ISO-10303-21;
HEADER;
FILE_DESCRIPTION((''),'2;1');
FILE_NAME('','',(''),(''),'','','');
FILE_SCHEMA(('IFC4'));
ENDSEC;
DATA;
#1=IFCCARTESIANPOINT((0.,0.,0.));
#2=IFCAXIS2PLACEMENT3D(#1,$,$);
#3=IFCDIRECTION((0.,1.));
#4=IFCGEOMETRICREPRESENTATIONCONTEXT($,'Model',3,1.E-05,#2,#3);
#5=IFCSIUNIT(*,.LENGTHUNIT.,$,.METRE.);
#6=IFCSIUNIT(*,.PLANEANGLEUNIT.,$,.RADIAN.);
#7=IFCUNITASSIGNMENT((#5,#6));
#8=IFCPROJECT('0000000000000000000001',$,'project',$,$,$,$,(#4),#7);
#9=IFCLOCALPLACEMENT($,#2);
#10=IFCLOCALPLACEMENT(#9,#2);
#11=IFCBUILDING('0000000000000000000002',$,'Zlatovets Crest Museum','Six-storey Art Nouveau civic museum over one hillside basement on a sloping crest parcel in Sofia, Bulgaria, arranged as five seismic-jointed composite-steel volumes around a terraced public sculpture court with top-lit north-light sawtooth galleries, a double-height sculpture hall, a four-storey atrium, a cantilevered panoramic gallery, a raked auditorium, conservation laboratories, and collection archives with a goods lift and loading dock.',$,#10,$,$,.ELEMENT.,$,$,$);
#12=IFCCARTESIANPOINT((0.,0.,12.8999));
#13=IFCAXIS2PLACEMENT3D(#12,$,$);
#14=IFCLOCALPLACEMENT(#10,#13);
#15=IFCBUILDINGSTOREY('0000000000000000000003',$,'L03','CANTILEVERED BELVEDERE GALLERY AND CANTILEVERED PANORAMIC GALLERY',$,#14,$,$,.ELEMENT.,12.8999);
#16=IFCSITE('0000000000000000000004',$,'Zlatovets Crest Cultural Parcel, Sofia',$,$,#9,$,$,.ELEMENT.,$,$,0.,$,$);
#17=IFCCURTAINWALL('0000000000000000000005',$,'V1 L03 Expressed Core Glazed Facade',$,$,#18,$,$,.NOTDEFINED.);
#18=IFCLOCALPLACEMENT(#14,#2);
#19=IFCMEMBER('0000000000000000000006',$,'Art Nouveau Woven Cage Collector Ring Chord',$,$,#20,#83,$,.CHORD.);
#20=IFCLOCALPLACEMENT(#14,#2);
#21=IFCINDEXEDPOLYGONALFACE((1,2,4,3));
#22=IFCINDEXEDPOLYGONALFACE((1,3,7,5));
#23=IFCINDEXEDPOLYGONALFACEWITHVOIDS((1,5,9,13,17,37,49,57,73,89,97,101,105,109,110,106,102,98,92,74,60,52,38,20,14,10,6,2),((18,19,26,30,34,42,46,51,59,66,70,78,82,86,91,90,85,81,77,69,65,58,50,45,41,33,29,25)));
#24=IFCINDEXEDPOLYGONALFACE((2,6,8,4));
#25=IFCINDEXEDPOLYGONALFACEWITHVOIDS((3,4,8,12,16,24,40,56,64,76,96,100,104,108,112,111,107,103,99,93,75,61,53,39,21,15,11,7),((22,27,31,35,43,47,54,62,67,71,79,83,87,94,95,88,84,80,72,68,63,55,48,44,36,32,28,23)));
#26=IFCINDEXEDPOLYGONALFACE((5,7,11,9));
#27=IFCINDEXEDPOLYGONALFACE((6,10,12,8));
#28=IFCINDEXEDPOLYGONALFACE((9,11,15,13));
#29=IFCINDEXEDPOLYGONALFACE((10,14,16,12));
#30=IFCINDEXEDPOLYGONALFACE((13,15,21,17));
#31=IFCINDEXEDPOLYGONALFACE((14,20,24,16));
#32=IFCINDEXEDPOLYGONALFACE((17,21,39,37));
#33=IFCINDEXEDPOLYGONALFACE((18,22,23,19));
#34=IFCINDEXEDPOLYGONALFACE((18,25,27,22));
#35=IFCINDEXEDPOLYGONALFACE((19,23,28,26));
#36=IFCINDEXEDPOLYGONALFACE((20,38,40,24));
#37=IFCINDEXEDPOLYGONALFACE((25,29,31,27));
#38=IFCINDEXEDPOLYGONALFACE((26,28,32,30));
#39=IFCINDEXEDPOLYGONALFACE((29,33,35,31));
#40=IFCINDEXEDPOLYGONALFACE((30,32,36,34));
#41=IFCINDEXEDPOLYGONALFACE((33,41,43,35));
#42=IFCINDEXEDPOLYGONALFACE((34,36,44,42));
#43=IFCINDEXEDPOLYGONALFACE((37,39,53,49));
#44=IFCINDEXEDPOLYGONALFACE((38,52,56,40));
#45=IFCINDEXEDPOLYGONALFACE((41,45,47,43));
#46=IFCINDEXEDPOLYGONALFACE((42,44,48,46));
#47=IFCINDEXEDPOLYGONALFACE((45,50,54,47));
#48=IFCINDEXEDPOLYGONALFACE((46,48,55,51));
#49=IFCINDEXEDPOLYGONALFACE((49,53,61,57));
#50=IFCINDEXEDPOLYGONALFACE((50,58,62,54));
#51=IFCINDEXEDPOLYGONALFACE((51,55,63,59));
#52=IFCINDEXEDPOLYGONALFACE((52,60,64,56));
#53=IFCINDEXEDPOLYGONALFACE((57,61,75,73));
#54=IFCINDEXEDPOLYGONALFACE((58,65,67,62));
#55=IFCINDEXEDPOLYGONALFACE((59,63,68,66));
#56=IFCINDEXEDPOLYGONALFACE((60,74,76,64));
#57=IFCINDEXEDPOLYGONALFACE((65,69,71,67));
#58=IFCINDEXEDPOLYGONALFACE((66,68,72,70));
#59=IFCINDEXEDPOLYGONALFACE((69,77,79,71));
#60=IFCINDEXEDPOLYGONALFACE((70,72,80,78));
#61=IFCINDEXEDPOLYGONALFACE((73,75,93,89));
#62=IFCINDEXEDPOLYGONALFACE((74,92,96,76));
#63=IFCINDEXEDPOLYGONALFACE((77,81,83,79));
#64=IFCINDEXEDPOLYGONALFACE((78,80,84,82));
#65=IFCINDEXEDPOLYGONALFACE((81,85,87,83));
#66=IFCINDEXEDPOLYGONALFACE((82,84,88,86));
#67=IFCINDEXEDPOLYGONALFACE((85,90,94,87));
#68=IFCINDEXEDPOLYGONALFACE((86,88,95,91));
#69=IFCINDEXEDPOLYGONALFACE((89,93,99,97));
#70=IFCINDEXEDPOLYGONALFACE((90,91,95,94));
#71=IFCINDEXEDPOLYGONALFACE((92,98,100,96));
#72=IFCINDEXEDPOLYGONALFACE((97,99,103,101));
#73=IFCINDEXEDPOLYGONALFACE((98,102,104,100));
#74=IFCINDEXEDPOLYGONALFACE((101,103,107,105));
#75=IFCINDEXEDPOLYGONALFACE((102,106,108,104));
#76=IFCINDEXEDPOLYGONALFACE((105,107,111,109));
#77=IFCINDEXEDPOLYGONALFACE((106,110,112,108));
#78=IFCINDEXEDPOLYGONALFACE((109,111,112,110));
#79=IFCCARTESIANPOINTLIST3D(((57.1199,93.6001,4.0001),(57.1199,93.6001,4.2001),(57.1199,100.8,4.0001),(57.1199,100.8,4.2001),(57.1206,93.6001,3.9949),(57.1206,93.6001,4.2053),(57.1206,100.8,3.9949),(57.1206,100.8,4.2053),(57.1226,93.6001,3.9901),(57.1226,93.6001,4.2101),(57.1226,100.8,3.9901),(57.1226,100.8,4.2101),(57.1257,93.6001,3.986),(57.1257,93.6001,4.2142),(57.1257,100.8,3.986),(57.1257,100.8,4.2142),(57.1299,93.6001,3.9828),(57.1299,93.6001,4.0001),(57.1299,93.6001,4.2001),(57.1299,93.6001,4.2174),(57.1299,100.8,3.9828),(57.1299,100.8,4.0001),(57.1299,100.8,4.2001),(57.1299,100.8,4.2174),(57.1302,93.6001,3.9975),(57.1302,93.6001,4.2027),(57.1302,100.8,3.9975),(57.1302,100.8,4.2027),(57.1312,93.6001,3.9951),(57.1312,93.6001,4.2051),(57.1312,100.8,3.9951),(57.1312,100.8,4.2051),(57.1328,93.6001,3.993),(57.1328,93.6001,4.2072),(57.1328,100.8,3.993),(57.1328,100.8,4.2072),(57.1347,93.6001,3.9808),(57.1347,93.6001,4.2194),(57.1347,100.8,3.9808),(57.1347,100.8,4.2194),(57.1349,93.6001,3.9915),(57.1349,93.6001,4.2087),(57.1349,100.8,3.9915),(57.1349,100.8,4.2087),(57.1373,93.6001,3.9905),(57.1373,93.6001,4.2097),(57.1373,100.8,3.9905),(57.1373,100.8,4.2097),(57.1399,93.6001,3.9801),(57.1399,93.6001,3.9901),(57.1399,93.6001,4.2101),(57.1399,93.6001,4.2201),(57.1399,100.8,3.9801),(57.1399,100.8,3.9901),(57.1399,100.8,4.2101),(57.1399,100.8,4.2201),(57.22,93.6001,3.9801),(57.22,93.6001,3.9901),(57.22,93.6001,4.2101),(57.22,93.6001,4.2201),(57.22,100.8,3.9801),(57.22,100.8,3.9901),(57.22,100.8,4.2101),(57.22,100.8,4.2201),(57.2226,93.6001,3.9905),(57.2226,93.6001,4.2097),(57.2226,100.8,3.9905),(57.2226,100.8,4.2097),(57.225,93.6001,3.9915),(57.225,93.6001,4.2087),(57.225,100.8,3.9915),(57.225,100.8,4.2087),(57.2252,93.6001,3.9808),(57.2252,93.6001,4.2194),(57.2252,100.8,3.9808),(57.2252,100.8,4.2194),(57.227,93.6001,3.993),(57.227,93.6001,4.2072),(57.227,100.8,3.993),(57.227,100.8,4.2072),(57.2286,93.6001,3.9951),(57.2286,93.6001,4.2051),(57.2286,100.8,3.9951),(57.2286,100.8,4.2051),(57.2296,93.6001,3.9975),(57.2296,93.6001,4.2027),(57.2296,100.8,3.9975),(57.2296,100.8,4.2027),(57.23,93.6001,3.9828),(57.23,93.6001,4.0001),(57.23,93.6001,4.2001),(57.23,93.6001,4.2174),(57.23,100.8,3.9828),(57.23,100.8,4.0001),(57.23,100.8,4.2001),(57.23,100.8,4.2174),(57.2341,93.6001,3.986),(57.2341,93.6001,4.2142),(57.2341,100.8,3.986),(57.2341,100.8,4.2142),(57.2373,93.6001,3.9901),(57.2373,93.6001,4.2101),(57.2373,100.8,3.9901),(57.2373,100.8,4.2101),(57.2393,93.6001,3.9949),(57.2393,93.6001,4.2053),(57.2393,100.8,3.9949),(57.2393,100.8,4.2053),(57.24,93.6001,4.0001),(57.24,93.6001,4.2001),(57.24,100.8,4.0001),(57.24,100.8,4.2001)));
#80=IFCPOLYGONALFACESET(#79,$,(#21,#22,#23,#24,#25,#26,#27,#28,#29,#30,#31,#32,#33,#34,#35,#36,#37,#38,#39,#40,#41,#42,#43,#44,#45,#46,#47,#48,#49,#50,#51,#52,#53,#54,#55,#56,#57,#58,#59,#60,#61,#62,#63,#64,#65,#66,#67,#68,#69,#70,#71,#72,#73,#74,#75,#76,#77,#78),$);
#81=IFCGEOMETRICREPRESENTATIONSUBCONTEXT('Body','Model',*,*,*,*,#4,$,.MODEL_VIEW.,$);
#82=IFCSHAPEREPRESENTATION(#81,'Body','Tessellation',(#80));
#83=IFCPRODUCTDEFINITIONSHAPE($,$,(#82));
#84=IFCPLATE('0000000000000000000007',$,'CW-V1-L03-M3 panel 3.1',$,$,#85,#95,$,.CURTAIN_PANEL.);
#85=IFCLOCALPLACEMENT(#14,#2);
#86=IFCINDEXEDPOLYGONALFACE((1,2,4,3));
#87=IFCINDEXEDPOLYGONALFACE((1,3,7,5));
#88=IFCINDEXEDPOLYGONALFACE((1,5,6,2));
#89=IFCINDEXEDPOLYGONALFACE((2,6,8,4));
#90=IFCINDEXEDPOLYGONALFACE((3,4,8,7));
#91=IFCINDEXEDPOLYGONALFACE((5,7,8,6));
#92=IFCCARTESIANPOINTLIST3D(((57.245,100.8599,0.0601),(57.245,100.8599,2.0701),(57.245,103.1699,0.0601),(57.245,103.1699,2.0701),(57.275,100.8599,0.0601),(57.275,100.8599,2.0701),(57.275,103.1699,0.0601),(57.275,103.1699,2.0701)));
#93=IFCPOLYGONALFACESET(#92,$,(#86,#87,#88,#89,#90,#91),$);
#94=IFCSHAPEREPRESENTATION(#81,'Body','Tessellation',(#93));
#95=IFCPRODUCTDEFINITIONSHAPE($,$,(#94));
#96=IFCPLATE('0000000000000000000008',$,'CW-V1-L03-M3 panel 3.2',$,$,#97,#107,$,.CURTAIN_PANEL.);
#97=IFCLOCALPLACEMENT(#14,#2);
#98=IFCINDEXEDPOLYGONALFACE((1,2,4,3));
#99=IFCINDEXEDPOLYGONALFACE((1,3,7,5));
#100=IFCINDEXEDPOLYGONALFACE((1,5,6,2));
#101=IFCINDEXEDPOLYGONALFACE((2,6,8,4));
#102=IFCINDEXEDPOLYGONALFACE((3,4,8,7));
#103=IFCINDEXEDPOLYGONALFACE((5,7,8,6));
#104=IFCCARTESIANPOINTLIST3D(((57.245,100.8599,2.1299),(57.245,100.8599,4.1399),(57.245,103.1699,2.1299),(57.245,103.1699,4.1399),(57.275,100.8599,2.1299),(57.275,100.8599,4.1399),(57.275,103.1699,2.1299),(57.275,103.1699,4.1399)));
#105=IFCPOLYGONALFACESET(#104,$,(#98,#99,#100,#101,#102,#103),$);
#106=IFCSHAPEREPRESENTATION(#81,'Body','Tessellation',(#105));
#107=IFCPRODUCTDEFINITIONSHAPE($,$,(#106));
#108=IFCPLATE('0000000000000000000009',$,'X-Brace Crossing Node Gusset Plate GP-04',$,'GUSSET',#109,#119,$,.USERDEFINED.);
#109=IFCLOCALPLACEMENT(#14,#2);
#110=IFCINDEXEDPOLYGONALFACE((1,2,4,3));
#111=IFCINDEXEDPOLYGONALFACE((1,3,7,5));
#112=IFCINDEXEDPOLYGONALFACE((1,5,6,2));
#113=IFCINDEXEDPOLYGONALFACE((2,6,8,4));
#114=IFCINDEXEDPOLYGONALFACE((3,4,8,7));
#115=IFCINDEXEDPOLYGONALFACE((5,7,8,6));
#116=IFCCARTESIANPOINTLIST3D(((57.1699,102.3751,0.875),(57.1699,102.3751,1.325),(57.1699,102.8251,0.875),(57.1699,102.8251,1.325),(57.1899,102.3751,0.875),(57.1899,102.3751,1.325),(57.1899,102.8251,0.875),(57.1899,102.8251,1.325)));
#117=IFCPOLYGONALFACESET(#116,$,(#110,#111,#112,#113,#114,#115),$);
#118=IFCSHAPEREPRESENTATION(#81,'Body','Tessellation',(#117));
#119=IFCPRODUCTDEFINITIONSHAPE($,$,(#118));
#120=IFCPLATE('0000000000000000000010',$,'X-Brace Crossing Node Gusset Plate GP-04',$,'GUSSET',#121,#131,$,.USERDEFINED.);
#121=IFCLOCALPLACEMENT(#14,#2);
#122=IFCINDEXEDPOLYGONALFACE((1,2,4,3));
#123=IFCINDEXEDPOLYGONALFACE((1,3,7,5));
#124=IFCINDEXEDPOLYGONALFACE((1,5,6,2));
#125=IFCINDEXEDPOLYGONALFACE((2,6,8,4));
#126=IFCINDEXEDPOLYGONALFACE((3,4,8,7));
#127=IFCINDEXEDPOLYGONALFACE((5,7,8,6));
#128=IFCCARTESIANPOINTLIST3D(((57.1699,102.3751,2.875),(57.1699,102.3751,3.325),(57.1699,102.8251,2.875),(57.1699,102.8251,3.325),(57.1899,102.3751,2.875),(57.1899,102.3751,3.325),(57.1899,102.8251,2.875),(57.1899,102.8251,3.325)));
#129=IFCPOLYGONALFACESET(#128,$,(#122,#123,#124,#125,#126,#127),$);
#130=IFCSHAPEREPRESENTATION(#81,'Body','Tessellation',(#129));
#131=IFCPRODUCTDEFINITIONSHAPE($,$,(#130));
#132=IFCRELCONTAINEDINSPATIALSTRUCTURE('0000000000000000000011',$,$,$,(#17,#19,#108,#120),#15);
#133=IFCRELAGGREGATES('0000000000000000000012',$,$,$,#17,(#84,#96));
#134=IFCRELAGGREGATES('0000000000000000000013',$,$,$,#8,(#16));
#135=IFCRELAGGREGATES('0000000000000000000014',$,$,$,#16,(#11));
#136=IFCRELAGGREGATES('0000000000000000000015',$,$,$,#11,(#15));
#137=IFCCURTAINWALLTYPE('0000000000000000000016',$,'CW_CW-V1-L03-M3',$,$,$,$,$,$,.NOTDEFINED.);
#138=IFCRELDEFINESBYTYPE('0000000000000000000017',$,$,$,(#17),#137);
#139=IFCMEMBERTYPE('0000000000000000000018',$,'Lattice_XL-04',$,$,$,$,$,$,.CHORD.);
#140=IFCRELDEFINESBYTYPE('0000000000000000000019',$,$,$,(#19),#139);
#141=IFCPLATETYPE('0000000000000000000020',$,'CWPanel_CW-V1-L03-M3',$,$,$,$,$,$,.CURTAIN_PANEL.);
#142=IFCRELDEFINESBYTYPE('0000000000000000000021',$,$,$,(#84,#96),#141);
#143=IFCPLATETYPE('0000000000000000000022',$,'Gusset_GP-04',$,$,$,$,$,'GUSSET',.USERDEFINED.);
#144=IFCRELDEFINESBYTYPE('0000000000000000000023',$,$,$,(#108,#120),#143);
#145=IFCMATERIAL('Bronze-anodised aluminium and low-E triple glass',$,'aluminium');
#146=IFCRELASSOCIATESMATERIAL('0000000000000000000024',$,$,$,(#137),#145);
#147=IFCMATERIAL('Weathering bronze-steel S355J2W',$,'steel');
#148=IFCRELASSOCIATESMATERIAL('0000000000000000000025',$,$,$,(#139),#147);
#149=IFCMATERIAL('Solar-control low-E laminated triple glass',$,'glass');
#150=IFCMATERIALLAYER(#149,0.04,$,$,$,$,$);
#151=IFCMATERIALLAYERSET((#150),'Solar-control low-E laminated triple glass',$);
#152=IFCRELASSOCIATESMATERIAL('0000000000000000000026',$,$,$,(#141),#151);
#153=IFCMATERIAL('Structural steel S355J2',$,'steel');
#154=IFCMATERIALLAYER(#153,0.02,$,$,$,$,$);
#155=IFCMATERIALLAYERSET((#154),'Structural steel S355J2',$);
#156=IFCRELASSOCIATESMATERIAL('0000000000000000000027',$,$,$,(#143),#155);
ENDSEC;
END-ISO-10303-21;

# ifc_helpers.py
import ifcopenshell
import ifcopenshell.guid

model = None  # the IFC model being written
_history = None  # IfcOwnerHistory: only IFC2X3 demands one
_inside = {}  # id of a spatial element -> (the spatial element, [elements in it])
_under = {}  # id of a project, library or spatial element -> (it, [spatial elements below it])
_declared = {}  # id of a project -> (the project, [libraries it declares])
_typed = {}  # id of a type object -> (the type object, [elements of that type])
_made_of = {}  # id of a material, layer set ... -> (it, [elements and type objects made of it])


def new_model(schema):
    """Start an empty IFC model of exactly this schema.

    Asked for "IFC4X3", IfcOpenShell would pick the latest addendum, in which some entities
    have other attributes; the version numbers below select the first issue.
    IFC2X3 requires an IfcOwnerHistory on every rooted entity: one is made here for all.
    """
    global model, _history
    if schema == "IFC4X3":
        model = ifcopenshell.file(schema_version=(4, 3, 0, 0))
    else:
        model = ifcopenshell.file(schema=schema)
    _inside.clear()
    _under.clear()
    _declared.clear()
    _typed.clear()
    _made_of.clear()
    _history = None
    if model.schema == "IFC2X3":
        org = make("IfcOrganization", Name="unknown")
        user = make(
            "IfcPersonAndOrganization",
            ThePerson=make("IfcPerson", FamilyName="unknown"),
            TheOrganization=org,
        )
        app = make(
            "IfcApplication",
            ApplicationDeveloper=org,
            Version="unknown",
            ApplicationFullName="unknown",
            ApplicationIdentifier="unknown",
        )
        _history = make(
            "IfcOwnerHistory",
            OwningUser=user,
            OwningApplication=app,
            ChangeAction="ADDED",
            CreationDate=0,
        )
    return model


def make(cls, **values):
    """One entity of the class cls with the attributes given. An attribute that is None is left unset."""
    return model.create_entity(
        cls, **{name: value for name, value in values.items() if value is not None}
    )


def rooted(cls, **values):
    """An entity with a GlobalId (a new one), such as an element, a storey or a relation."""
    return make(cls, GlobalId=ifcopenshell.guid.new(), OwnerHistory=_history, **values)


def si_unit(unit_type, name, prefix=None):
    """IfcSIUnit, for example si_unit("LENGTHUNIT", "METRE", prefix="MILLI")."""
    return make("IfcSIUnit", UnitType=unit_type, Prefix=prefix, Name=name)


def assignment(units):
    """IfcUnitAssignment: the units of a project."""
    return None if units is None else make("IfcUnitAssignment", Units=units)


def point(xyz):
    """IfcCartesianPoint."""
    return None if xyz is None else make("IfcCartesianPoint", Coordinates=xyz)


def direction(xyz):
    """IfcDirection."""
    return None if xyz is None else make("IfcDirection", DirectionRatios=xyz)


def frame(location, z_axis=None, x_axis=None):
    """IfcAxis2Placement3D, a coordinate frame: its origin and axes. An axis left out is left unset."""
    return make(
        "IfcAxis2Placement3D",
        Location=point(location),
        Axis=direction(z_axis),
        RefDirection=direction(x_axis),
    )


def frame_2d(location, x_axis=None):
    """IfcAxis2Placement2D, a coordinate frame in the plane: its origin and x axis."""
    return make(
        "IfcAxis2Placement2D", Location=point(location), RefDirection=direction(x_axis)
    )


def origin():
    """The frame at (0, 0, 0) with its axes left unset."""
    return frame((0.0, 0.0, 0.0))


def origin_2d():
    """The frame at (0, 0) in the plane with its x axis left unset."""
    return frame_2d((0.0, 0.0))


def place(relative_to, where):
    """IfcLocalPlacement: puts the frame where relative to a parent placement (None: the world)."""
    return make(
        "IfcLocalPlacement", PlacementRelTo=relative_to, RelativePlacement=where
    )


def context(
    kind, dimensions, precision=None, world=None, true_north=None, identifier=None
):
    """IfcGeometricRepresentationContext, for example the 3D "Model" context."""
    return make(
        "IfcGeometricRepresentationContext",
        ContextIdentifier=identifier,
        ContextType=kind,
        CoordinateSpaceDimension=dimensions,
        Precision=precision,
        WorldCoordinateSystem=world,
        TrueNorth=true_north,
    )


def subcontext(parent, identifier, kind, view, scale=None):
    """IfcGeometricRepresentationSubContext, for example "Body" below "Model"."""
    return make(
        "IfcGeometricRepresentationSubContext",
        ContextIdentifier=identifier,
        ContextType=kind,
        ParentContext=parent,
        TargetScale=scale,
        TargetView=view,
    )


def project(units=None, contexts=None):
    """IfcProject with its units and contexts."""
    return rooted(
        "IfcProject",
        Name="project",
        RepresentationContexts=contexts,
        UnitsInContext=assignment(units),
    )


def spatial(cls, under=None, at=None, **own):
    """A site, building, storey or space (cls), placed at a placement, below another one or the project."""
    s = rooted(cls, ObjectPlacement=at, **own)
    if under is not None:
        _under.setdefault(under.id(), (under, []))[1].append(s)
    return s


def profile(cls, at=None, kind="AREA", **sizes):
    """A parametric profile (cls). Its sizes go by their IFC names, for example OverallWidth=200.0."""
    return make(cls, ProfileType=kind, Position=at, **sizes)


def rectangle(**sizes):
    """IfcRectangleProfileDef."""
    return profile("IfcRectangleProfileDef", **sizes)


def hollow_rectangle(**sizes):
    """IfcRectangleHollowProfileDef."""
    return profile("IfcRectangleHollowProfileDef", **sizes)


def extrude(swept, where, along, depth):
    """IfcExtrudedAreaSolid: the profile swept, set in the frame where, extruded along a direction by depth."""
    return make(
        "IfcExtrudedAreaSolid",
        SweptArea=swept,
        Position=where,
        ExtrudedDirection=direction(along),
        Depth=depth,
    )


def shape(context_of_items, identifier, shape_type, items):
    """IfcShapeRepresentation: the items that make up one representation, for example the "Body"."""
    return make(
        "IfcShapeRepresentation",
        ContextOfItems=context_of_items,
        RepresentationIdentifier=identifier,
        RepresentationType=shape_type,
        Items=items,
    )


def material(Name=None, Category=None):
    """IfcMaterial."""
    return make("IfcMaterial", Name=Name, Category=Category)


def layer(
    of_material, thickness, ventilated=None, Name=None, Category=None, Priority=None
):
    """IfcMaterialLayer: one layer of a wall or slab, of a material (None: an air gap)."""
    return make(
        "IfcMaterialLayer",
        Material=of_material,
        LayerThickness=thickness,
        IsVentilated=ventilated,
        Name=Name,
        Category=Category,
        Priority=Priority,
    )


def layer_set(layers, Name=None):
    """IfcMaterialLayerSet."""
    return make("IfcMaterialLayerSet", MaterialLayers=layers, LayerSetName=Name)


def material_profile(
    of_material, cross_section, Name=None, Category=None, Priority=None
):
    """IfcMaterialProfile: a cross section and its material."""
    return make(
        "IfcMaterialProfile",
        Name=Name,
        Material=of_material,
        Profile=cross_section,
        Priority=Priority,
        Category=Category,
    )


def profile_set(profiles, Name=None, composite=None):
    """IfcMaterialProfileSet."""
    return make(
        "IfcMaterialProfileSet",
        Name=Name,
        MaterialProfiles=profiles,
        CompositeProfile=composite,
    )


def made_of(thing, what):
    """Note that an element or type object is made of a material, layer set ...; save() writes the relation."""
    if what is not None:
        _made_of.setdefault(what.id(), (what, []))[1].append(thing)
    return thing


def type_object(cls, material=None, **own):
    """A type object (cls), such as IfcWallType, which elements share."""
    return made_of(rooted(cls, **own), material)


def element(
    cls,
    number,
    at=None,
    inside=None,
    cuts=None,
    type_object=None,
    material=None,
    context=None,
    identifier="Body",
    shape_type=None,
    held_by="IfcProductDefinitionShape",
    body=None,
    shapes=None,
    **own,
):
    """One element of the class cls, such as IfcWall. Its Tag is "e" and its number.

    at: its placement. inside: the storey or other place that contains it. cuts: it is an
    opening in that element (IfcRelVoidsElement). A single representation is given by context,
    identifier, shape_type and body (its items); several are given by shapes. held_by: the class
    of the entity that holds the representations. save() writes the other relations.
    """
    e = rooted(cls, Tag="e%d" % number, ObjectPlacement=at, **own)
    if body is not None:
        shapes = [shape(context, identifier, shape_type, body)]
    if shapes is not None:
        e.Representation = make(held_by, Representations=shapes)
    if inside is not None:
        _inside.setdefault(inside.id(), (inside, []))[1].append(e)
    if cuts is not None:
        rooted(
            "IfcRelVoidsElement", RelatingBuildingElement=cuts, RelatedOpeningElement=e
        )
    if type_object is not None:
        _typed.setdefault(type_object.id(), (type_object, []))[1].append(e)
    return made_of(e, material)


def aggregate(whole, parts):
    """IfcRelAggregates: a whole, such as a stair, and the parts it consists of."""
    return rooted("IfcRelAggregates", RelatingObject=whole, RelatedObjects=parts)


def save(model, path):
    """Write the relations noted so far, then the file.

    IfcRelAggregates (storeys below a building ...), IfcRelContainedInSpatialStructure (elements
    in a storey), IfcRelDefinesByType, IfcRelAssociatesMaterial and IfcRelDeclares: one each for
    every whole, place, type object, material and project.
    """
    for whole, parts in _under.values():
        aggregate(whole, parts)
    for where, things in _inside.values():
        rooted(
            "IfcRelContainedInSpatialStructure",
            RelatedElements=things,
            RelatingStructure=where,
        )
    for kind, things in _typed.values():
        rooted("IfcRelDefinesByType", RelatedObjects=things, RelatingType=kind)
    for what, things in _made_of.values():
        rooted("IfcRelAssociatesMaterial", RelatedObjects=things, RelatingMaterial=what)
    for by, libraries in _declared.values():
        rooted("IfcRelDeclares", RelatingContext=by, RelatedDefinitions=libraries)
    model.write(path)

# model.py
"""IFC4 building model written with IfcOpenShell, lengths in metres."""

from ifc_helpers import new_model, si_unit, direction, frame, origin, origin_2d, place, context, subcontext, project, spatial, rectangle, hollow_rectangle, extrude, material, layer, layer_set, material_profile, profile_set, type_object, element, aggregate, save


model = new_model("IFC4")

# Units and contexts
model_context = context("Model", 3, precision=1e-05, world=origin(), true_north=direction((0.0, 1.0)))
body_context = subcontext(model_context, "Body", "Model", "MODEL_VIEW")
ifc_project = project(units=[si_unit("LENGTHUNIT", "METRE"), si_unit("PLANEANGLEUNIT", "RADIAN")], contexts=[model_context])

# Site, building, storey
site_placement = place(None, origin())
site = spatial("IfcSite", under=ifc_project, at=site_placement, Name="Zlatovets Crest Cultural Parcel, Sofia", CompositionType="ELEMENT", RefElevation=0.0)
building_placement = place(site_placement, origin())
building = spatial("IfcBuilding", under=site, at=building_placement, Name="Zlatovets Crest Museum", Description="Six-storey Art Nouveau civic museum over one hillside basement on a sloping crest parcel in Sofia, Bulgaria, arranged as five seismic-jointed composite-steel volumes around a terraced public sculpture court with top-lit north-light sawtooth galleries, a double-height sculpture hall, a four-storey atrium, a cantilevered panoramic gallery, a raked auditorium, conservation laboratories, and collection archives with a goods lift and loading dock.", CompositionType="ELEMENT")
storey_placement = place(building_placement, frame((0.0, 0.0, 12.8999)))
storey = spatial("IfcBuildingStorey", under=building, at=storey_placement, Name="L03", Description="CANTILEVERED BELVEDERE GALLERY AND CANTILEVERED PANORAMIC GALLERY", CompositionType="ELEMENT", Elevation=12.8999)

# Shared definitions
ifc_material_1 = material(Name="Structural steel S355J2", Category="steel")

# Curtain wall
ifc_material_2 = material(Name="Bronze-anodised aluminium and low-E triple glass", Category="aluminium")
curtain_wall_type_1 = type_object("IfcCurtainWallType", Name="CW_CW-V1-L03-M3", PredefinedType="NOTDEFINED", material=ifc_material_2)
curtain_wall_1_placement = place(storey_placement, origin())
curtain_wall_1 = element("IfcCurtainWall", 1, at=curtain_wall_1_placement, inside=storey, type_object=curtain_wall_type_1, Name="V1 L03 Expressed Core Glazed Facade", PredefinedType="NOTDEFINED")

# Member
ifc_material_3 = material(Name="Weathering bronze-steel S355J2W", Category="steel")
ifc_material_profile_1 = material_profile(ifc_material_3, hollow_rectangle(XDim=0.1201, YDim=0.24, WallThickness=0.01, InnerFilletRadius=0.01, OuterFilletRadius=0.02, at=origin_2d()), Name="RHS 120x240x10.0")
ifc_profile_set_1 = profile_set([ifc_material_profile_1], Name="Weathering bronze-steel S355J2W")
member_type_1 = type_object("IfcMemberType", Name="Lattice_XL-04", PredefinedType="CHORD", material=ifc_profile_set_1)
member_1_placement = place(storey_placement, frame((57.1799, 100.8, 4.1001), z_axis=(0.0, -1.0, 0.0), x_axis=(1.0, 0.0, 0.0)))
element("IfcMember", 2, at=member_1_placement, inside=storey, type_object=member_type_1, Name="Art Nouveau Woven Cage Collector Ring Chord", PredefinedType="CHORD", context=body_context, shape_type="SweptSolid", body=[
    extrude(hollow_rectangle(XDim=0.1201, YDim=0.24, WallThickness=0.01, InnerFilletRadius=0.01, OuterFilletRadius=0.02, at=origin_2d()), origin(), (0.0, 0.0, 1.0), 7.2),
])

# Plates
ifc_material_4 = material(Name="Solar-control low-E laminated triple glass", Category="glass")
ifc_layer_1 = layer(ifc_material_4, 0.04)
ifc_layer_set_1 = layer_set([ifc_layer_1], Name="Solar-control low-E laminated triple glass")
plate_type_1 = type_object("IfcPlateType", Name="CWPanel_CW-V1-L03-M3", PredefinedType="CURTAIN_PANEL", material=ifc_layer_set_1)
plate_1_placement = place(storey_placement, frame((57.26, 102.0149, 0.0601), z_axis=(0.0, 0.0, 1.0), x_axis=(0.0, -1.0, 0.0)))
plate_1 = element("IfcPlate", 3, at=plate_1_placement, type_object=plate_type_1, Name="CW-V1-L03-M3 panel 3.1", PredefinedType="CURTAIN_PANEL", context=body_context, shape_type="SweptSolid", body=[
    extrude(rectangle(XDim=2.3101, YDim=0.03, at=origin_2d()), origin(), (0.0, 0.0, 1.0), 2.01),
])
plate_2_placement = place(storey_placement, frame((57.26, 102.0149, 2.1299), z_axis=(0.0, 0.0, 1.0), x_axis=(0.0, -1.0, 0.0)))
plate_2 = element("IfcPlate", 4, at=plate_2_placement, type_object=plate_type_1, Name="CW-V1-L03-M3 panel 3.2", PredefinedType="CURTAIN_PANEL", context=body_context, shape_type="SweptSolid", body=[
    extrude(rectangle(XDim=2.3101, YDim=0.03, at=origin_2d()), origin(), (0.0, 0.0, 1.0), 2.01),
])
aggregate(curtain_wall_1, [plate_1, plate_2])

# Plates
ifc_layer_2 = layer(ifc_material_1, 0.02)
ifc_layer_set_2 = layer_set([ifc_layer_2], Name="Structural steel S355J2")
plate_type_2 = type_object("IfcPlateType", Name="Gusset_GP-04", ElementType="GUSSET", PredefinedType="USERDEFINED", material=ifc_layer_set_2)
for number, where, z_axis, x_axis, name in (
    (5, (57.1799, 102.6001, 0.875), (0.0, 0.0, 1.0), (1.0, 0.0, 0.0), "X-Brace Crossing Node Gusset Plate GP-04"),
    (6, (57.1799, 102.6001, 2.875), (0.0, 0.0, 1.0), (1.0, 0.0, 0.0), "X-Brace Crossing Node Gusset Plate GP-04"),
):
    element("IfcPlate", number, at=place(storey_placement, frame(where, z_axis=z_axis, x_axis=x_axis)), inside=storey, type_object=plate_type_2, Name=name, ObjectType="GUSSET", PredefinedType="USERDEFINED", context=body_context, shape_type="SweptSolid", body=[
        extrude(rectangle(XDim=0.02, YDim=0.45, at=origin_2d()), origin(), (0.0, 0.0, 1.0), 0.45),
    ])

save(model, "model.ifc")
